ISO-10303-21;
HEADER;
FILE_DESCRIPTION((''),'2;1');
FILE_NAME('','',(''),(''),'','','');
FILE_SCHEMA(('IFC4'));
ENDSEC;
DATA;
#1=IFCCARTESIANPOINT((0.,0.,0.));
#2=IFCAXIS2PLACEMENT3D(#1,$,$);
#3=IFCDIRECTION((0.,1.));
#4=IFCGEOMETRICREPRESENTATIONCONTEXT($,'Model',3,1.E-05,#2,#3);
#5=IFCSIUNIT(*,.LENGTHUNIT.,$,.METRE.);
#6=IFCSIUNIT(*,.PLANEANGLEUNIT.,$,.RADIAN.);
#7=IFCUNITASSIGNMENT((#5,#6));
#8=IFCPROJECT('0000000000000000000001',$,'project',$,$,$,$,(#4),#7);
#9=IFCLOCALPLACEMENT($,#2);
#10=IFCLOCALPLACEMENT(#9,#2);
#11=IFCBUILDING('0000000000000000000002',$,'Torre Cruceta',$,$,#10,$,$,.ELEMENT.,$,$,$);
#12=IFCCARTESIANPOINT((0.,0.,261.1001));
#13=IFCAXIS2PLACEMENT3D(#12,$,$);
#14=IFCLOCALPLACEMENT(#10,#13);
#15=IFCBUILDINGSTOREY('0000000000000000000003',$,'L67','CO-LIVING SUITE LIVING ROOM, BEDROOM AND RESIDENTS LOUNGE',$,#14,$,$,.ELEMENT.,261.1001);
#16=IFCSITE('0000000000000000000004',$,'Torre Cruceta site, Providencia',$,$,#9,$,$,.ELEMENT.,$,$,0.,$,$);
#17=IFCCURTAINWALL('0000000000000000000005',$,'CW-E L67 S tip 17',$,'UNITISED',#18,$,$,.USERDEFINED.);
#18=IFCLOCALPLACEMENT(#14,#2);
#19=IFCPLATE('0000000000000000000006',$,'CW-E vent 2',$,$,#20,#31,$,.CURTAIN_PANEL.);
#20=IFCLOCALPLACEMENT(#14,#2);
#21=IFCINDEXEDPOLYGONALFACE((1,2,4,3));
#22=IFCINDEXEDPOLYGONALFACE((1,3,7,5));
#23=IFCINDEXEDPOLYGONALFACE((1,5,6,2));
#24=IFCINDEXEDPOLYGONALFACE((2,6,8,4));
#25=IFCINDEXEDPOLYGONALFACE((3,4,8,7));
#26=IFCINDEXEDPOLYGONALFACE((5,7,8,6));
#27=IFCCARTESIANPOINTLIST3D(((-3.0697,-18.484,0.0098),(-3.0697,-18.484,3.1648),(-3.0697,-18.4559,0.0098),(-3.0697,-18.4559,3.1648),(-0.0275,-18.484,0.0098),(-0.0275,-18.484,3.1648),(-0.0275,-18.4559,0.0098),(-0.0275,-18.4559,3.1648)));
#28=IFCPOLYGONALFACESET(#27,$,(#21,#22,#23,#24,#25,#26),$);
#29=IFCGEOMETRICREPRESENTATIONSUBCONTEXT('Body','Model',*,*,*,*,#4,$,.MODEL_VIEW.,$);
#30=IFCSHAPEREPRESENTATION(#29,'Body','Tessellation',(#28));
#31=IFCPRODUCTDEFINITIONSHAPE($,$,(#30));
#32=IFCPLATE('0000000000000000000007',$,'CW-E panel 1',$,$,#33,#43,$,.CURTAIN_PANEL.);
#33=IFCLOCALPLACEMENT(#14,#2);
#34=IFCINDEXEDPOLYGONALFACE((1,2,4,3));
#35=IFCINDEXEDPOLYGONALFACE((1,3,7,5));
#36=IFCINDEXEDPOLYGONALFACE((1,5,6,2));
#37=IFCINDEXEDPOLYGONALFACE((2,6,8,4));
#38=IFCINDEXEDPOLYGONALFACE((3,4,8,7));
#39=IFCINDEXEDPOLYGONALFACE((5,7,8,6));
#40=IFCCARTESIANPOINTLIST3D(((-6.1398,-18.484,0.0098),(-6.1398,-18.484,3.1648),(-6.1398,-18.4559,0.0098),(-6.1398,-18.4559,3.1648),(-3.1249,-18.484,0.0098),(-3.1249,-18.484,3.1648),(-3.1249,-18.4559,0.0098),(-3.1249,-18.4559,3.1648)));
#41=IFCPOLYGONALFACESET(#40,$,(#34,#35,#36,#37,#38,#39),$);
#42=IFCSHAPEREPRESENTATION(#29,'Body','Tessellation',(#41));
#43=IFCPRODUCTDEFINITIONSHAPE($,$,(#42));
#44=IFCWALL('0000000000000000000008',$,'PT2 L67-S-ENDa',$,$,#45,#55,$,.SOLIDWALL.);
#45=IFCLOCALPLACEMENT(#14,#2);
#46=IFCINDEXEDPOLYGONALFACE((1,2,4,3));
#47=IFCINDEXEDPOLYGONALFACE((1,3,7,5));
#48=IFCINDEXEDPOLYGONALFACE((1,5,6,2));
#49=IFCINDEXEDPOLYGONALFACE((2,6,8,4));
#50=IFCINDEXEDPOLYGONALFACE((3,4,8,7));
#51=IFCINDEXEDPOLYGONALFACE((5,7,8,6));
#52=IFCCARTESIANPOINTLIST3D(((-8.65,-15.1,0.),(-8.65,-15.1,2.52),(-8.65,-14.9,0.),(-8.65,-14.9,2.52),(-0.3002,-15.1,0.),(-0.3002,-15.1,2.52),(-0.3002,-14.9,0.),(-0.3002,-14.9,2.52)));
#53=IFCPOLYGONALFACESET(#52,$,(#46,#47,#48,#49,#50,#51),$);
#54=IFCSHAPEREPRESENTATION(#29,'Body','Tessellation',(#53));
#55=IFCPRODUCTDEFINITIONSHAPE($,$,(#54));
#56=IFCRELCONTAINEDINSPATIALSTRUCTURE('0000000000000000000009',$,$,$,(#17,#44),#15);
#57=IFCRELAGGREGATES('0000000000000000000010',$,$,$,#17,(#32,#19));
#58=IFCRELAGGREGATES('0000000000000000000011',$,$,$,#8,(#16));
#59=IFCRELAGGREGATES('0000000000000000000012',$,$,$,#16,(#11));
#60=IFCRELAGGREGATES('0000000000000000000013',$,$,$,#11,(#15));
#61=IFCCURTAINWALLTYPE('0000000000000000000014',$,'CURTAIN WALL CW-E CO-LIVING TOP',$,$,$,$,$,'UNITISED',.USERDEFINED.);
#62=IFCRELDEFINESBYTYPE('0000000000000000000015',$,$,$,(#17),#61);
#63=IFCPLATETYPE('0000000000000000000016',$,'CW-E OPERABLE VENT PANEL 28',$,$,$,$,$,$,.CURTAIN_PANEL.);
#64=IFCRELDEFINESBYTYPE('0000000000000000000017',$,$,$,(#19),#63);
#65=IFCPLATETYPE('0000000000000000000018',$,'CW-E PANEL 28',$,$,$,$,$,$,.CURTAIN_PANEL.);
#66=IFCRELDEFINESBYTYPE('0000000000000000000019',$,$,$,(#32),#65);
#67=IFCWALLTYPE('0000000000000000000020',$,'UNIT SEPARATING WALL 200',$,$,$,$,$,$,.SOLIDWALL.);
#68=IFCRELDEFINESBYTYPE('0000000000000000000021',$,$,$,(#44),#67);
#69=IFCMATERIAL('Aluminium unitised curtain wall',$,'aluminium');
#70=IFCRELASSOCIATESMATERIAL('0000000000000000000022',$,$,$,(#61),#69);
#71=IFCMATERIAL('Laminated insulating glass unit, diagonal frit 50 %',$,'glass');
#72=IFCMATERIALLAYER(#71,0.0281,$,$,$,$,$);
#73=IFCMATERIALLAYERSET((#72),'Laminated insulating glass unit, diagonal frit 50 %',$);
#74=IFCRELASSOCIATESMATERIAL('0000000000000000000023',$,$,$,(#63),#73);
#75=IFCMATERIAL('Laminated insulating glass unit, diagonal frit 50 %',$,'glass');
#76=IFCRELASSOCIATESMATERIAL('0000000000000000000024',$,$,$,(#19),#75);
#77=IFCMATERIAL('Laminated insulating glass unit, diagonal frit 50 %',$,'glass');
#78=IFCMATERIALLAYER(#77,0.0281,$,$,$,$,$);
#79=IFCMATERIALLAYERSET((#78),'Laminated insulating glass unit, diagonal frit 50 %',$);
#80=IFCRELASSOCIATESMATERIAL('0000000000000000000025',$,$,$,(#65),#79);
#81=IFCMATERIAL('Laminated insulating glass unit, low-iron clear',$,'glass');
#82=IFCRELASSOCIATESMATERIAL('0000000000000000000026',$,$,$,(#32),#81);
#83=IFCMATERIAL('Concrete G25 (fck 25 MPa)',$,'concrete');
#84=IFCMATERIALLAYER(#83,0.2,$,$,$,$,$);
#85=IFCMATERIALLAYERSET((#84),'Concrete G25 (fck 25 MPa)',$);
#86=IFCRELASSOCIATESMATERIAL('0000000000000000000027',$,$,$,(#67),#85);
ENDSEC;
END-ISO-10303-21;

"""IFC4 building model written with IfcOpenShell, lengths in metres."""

from ifc_helpers import new_model, si_unit, direction, frame, frame_2d, origin, origin_2d, place, context, subcontext, project, spatial, rectangle, extrude, material, layer, layer_set, type_object, element, aggregate, save


model = new_model("IFC4")

# Units and contexts
model_context = context("Model", 3, precision=1e-05, world=origin(), true_north=direction((0.0, 1.0)))
body_context = subcontext(model_context, "Body", "Model", "MODEL_VIEW")
ifc_project = project(units=[si_unit("LENGTHUNIT", "METRE"), si_unit("PLANEANGLEUNIT", "RADIAN")], contexts=[model_context])

# Site, building, storey
site_placement = place(None, origin())
site = spatial("IfcSite", under=ifc_project, at=site_placement, Name="Torre Cruceta site, Providencia", CompositionType="ELEMENT", RefElevation=0.0)
building_placement = place(site_placement, origin())
building = spatial("IfcBuilding", under=site, at=building_placement, Name="Torre Cruceta", CompositionType="ELEMENT")
storey_placement = place(building_placement, frame((0.0, 0.0, 261.1001)))
storey = spatial("IfcBuildingStorey", under=building, at=storey_placement, Name="L67", Description="CO-LIVING SUITE LIVING ROOM, BEDROOM AND RESIDENTS LOUNGE", CompositionType="ELEMENT", Elevation=261.1001)

# Curtain wall
ifc_material_1 = material(Name="Aluminium unitised curtain wall", Category="aluminium")
curtain_wall_type = type_object("IfcCurtainWallType", Name="CURTAIN WALL CW-E CO-LIVING TOP", ElementType="UNITISED", PredefinedType="USERDEFINED", material=ifc_material_1)
curtain_wall_placement = place(storey_placement, origin())
curtain_wall = element("IfcCurtainWall", 1, at=curtain_wall_placement, inside=storey, type_object=curtain_wall_type, Name="CW-E L67 S tip 17", ObjectType="UNITISED", PredefinedType="USERDEFINED")

# Plates
ifc_material_2 = material(Name="Laminated insulating glass unit, diagonal frit 50 %", Category="glass")
ifc_material_3 = material(Name="Laminated insulating glass unit, diagonal frit 50 %", Category="glass")
ifc_layer_1 = layer(ifc_material_3, 0.0281)
ifc_layer_set_1 = layer_set([ifc_layer_1], Name="Laminated insulating glass unit, diagonal frit 50 %")
plate_type_1 = type_object("IfcPlateType", Name="CW-E OPERABLE VENT PANEL 28", PredefinedType="CURTAIN_PANEL", material=ifc_layer_set_1)
plate_1_placement = place(storey_placement, frame((-1.5486, -18.47, 0.0098), z_axis=(0.0, 0.0, 1.0), x_axis=(1.0, 0.0, 0.0)))
plate_1 = element("IfcPlate", 2, at=plate_1_placement, type_object=plate_type_1, material=ifc_material_2, Name="CW-E vent 2", PredefinedType="CURTAIN_PANEL", context=body_context, shape_type="SweptSolid", body=[
    extrude(rectangle(XDim=3.0422, YDim=0.0281, at=origin_2d()), origin(), (0.0, 0.0, 1.0), 3.155),
])
ifc_material_4 = material(Name="Laminated insulating glass unit, low-iron clear", Category="glass")
ifc_material_5 = material(Name="Laminated insulating glass unit, diagonal frit 50 %", Category="glass")
ifc_layer_2 = layer(ifc_material_5, 0.0281)
ifc_layer_set_2 = layer_set([ifc_layer_2], Name="Laminated insulating glass unit, diagonal frit 50 %")
plate_type_2 = type_object("IfcPlateType", Name="CW-E PANEL 28", PredefinedType="CURTAIN_PANEL", material=ifc_layer_set_2)
plate_2_placement = place(storey_placement, frame((-4.6323, -18.47, 0.0098), z_axis=(0.0, 0.0, 1.0), x_axis=(1.0, 0.0, 0.0)))
plate_2 = element("IfcPlate", 3, at=plate_2_placement, type_object=plate_type_2, material=ifc_material_4, Name="CW-E panel 1", PredefinedType="CURTAIN_PANEL", context=body_context, shape_type="SweptSolid", body=[
    extrude(rectangle(XDim=3.0149, YDim=0.0281, at=origin_2d()), origin(), (0.0, 0.0, 1.0), 3.155),
])
aggregate(curtain_wall, [plate_2, plate_1])

# Wall
ifc_material_6 = material(Name="Concrete G25 (fck 25 MPa)", Category="concrete")
ifc_layer_3 = layer(ifc_material_6, 0.2)
ifc_layer_set_3 = layer_set([ifc_layer_3], Name="Concrete G25 (fck 25 MPa)")
wall_type = type_object("IfcWallType", Name="UNIT SEPARATING WALL 200", PredefinedType="SOLIDWALL", material=ifc_layer_set_3)
wall_placement = place(storey_placement, frame((-8.6499, -15.0, 0.0), z_axis=(0.0, 0.0, 1.0), x_axis=(1.0, 0.0, 0.0)))
element("IfcWall", 4, at=wall_placement, inside=storey, type_object=wall_type, Name="PT2 L67-S-ENDa", PredefinedType="SOLIDWALL", context=body_context, shape_type="SweptSolid", body=[
    extrude(rectangle(XDim=8.3499, YDim=0.2, at=frame_2d((4.1748, 0.0))), origin(), (0.0, 0.0, 1.0), 2.52),
])

save(model, "model.ifc")
